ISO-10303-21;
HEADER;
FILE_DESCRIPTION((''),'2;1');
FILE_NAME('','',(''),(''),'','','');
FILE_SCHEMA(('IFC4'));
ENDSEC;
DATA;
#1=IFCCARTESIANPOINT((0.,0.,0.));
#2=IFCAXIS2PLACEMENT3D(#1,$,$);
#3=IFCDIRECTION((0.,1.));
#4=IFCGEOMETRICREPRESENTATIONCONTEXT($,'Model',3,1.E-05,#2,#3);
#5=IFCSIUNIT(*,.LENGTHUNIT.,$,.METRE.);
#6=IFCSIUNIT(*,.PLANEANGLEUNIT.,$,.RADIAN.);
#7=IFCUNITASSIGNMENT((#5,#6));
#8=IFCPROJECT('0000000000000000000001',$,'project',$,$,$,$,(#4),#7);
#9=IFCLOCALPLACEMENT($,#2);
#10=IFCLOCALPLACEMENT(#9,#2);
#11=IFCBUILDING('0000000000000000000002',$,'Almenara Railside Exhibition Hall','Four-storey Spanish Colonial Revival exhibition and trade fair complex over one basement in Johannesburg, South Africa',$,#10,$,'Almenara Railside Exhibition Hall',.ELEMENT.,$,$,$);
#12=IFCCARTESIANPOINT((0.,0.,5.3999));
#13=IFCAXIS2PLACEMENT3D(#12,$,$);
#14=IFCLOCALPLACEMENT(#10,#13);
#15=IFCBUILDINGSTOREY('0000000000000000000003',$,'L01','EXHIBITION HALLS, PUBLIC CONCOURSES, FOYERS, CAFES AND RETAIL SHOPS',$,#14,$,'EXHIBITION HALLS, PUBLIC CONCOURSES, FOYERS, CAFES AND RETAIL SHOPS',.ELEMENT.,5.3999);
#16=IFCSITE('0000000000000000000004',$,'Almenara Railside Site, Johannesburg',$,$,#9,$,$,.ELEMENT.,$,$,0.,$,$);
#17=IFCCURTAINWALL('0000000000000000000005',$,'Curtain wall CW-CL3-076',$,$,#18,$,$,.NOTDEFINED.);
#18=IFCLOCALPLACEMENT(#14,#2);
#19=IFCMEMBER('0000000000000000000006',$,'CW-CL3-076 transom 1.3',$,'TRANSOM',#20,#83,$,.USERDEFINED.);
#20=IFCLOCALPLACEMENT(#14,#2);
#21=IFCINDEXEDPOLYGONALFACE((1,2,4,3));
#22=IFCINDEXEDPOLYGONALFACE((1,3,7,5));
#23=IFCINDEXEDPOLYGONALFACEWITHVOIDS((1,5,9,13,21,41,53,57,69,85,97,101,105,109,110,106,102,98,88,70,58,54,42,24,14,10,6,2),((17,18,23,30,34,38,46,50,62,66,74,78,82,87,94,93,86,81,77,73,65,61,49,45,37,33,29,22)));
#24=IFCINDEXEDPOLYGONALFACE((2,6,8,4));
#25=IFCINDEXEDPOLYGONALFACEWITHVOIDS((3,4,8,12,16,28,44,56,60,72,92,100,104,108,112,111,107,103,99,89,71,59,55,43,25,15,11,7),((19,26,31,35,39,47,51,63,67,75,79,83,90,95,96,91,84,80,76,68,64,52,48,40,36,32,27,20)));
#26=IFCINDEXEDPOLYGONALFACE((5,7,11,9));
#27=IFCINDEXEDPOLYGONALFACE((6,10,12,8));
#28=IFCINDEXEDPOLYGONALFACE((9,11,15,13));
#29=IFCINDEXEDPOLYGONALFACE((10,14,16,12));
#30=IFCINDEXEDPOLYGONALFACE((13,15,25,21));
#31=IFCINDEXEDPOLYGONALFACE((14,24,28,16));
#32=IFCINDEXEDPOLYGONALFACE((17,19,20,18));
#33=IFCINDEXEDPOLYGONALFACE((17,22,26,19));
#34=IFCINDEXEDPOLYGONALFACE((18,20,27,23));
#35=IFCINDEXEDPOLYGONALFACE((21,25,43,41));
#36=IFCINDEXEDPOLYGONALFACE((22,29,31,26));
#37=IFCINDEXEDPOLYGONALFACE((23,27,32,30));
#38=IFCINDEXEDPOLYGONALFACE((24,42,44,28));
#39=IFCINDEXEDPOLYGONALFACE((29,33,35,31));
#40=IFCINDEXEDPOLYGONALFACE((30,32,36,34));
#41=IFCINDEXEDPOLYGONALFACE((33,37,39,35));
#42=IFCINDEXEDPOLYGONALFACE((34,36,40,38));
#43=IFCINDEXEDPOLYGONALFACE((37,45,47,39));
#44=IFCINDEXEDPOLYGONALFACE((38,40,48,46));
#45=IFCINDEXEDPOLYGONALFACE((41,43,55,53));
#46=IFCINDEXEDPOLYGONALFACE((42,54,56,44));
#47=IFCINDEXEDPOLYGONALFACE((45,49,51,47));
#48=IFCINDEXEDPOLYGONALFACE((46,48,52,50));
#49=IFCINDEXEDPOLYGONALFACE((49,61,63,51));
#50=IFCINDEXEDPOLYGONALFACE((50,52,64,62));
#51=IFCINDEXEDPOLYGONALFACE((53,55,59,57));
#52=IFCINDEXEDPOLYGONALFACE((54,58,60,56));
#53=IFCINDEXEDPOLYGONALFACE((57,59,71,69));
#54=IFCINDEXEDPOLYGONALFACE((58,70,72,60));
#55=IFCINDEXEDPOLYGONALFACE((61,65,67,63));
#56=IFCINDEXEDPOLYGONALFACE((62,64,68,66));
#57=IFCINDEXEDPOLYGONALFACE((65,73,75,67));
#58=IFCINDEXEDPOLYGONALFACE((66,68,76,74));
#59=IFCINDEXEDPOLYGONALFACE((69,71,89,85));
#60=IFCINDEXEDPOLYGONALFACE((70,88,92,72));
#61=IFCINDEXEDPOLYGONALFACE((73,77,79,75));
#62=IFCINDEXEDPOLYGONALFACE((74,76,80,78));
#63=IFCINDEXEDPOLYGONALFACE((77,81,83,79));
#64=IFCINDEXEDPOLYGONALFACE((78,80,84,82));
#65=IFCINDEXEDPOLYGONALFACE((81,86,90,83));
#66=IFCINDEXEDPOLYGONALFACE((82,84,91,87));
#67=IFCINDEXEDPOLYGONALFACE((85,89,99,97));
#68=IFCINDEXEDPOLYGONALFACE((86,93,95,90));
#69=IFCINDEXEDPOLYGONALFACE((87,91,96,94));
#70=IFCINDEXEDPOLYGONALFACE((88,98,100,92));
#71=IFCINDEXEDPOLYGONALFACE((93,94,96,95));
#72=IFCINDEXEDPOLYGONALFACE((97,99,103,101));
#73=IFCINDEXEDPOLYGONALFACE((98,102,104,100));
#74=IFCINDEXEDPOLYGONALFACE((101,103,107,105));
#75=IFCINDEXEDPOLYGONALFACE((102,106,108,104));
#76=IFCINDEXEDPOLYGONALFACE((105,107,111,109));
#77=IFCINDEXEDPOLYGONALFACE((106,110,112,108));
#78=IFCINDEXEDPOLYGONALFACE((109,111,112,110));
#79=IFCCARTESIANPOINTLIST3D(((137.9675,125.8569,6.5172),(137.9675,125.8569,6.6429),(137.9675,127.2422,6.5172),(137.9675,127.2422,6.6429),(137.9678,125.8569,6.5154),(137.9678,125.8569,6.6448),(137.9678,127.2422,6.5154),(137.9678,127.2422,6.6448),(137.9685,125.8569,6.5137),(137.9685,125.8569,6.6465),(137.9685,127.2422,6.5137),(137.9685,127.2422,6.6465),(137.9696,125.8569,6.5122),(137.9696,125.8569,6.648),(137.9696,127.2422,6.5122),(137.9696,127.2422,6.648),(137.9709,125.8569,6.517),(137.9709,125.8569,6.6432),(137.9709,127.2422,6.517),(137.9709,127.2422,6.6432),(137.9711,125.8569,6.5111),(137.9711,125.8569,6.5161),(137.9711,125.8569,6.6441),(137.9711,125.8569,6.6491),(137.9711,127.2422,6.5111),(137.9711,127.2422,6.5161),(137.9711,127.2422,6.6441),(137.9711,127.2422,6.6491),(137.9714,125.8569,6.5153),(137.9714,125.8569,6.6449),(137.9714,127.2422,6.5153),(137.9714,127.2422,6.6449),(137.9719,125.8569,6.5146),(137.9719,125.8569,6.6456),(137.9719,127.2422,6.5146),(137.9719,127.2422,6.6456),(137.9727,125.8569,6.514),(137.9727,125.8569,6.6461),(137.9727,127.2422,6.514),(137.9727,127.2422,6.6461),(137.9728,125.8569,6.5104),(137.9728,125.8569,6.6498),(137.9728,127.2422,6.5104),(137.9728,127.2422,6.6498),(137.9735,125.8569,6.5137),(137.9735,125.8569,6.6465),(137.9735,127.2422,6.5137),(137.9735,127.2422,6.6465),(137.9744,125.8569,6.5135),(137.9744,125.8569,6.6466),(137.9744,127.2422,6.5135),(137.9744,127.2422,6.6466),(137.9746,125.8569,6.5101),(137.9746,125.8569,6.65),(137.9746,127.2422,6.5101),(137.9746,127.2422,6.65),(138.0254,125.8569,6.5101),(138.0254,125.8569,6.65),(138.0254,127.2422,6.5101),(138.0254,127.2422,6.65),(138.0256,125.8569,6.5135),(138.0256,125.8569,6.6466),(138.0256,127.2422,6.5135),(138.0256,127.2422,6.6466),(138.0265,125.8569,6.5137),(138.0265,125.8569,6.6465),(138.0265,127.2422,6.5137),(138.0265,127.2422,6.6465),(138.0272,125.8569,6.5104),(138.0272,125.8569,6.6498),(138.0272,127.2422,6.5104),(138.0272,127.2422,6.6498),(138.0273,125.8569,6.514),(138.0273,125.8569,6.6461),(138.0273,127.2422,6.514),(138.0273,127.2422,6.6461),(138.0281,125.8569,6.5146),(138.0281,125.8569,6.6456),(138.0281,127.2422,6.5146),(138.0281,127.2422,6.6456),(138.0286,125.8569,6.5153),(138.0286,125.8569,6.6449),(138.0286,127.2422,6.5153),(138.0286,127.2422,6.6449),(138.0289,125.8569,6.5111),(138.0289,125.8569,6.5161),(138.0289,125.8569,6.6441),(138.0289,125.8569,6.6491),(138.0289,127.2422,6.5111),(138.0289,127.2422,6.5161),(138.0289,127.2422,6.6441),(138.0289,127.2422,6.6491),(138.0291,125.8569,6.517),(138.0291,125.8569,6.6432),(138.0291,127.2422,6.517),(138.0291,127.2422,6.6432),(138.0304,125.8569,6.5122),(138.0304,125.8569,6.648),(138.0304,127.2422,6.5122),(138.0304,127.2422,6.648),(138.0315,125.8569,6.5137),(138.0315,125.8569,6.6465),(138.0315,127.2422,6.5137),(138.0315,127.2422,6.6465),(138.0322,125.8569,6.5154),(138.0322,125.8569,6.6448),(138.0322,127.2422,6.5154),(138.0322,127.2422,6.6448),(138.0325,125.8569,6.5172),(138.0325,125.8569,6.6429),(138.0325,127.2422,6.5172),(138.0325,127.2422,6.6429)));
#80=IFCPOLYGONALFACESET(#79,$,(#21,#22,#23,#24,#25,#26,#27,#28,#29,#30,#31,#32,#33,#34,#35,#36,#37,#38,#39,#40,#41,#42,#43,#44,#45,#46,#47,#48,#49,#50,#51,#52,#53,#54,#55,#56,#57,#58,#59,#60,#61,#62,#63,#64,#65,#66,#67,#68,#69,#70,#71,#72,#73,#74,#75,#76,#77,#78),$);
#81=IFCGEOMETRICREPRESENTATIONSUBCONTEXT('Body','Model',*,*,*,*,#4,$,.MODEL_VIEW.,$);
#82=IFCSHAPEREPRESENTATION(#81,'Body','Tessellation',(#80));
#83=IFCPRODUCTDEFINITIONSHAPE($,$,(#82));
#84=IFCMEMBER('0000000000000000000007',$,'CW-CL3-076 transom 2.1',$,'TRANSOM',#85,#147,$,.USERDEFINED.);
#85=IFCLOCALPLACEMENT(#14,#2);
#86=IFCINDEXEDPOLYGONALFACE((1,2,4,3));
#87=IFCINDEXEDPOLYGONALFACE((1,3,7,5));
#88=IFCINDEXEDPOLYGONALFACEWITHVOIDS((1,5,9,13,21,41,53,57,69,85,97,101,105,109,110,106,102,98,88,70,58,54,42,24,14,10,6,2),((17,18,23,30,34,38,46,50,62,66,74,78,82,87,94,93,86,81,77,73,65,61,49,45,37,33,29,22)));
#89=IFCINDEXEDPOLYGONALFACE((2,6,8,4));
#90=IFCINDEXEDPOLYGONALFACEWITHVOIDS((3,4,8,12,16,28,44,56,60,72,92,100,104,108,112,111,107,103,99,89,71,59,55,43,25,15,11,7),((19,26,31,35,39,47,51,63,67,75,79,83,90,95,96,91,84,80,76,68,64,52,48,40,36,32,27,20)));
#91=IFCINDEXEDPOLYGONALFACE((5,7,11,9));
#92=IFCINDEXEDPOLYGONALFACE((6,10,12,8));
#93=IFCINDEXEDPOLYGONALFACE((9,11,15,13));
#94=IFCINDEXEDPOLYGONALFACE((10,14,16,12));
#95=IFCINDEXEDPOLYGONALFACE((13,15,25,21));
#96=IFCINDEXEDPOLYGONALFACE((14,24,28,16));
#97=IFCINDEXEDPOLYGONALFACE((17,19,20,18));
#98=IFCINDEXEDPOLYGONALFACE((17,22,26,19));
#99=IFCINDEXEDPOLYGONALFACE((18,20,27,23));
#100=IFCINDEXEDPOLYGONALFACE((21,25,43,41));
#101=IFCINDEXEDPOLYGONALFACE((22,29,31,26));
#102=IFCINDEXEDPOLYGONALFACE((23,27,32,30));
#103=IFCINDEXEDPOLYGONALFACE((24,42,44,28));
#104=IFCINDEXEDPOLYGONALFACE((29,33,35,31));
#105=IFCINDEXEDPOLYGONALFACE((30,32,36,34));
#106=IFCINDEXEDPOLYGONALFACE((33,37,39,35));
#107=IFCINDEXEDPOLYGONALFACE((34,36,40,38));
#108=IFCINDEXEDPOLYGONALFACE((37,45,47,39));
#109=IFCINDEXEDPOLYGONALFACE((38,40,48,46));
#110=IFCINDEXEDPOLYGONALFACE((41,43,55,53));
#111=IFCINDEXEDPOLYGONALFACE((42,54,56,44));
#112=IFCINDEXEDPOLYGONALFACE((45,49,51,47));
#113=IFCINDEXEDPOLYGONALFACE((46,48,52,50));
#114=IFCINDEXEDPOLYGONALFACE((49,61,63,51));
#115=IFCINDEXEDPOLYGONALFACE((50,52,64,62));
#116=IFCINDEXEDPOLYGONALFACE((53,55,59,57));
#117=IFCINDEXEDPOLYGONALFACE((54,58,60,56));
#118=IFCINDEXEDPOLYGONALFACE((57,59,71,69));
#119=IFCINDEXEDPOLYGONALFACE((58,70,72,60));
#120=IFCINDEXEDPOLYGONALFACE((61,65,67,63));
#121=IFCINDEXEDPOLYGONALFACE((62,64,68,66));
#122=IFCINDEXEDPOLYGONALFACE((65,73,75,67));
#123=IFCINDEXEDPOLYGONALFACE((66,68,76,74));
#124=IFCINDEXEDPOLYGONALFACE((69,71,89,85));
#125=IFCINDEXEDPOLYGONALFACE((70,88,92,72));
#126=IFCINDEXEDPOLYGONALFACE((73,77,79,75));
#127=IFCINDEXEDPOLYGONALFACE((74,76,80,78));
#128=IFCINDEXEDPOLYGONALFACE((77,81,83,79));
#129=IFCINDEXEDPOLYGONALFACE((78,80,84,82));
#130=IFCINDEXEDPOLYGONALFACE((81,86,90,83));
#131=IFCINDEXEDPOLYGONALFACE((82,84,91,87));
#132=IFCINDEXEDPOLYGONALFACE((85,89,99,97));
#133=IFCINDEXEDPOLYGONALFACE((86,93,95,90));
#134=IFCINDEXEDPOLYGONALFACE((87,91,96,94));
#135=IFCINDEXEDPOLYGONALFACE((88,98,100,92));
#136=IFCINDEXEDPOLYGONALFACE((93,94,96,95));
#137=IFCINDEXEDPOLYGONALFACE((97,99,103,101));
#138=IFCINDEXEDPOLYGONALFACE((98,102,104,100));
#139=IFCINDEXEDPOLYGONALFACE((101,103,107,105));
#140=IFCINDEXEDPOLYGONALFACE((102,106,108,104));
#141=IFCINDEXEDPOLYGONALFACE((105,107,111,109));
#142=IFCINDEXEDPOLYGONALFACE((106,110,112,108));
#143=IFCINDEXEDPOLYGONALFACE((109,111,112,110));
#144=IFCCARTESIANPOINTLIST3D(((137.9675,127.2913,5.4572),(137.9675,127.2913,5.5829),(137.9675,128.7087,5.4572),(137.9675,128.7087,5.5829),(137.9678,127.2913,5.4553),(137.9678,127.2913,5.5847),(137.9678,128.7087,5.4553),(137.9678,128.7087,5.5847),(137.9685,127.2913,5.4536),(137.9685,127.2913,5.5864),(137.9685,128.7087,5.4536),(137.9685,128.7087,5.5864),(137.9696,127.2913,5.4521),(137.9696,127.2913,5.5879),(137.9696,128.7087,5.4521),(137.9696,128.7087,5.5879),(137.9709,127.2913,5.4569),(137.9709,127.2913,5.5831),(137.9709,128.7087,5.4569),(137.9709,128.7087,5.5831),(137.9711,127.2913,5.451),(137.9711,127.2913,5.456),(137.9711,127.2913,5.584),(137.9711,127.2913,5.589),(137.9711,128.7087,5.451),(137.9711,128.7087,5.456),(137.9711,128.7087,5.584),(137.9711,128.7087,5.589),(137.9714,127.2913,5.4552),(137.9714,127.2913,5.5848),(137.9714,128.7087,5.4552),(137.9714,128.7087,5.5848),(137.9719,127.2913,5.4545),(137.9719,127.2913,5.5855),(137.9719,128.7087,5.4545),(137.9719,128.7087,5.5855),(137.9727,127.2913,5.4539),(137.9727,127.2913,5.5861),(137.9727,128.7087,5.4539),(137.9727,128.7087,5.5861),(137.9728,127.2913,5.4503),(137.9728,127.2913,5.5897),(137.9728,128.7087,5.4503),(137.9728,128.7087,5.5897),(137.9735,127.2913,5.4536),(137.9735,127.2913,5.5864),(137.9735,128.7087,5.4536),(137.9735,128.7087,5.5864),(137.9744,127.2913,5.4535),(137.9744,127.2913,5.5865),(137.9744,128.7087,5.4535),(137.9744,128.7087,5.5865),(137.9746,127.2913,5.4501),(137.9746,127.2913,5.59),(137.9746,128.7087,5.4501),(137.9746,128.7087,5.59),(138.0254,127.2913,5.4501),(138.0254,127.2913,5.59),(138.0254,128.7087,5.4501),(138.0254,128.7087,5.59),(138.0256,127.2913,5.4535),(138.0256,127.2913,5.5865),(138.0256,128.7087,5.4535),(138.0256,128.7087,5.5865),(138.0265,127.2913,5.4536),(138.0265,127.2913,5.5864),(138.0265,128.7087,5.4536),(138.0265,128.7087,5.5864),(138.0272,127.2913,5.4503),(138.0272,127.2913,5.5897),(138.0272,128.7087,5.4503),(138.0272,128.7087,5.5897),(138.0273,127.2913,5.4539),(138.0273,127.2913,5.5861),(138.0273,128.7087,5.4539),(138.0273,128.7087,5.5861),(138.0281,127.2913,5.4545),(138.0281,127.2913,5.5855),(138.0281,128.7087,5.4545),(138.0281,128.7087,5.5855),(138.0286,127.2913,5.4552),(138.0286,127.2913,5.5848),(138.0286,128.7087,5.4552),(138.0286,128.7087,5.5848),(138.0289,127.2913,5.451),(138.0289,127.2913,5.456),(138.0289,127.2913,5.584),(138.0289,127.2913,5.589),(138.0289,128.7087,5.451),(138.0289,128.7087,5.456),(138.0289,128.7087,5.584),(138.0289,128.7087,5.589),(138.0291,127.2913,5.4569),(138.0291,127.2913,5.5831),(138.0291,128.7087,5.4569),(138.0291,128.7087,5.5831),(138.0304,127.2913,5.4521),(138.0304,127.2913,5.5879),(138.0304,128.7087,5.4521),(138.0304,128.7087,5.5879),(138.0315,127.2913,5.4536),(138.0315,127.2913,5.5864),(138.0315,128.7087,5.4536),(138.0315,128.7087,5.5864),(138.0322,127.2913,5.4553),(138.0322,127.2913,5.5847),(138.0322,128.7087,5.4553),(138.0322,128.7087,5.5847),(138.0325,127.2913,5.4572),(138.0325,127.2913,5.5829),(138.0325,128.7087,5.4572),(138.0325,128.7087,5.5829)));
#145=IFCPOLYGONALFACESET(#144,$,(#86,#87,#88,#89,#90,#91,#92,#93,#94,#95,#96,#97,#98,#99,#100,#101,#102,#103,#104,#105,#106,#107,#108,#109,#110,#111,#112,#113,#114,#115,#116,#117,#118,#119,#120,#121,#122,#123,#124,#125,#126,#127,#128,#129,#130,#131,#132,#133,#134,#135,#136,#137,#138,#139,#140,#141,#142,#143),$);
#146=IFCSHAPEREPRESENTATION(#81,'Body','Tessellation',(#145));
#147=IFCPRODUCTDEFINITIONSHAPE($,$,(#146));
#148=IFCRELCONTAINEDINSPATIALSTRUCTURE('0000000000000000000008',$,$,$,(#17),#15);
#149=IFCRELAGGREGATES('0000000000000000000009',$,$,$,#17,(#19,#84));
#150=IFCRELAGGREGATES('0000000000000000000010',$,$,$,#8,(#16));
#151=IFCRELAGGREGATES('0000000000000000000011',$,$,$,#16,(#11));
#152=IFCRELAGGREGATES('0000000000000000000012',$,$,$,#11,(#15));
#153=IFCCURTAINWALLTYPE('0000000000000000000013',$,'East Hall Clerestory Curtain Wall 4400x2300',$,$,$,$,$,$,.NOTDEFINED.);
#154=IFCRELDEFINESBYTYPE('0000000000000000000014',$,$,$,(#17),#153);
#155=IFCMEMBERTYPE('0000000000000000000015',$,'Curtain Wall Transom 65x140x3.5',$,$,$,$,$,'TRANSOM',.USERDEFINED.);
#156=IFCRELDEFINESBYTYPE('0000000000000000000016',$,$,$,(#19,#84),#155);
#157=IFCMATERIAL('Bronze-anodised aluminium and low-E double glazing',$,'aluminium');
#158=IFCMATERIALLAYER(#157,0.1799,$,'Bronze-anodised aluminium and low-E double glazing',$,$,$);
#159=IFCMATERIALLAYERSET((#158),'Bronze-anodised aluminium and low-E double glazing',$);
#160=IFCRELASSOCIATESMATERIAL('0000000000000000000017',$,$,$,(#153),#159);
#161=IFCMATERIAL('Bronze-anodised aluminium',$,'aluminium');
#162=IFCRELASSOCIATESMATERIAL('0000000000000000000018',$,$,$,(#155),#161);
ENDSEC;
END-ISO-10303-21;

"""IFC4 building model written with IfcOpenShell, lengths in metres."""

from ifc_helpers import new_model, si_unit, direction, frame, origin, origin_2d, place, context, subcontext, project, spatial, hollow_rectangle, extrude, material, layer, layer_set, material_profile, profile_set, type_object, element, aggregate, save


model = new_model("IFC4")

# Units and contexts
model_context = context("Model", 3, precision=1e-05, world=origin(), true_north=direction((0.0, 1.0)))
body_context = subcontext(model_context, "Body", "Model", "MODEL_VIEW")
ifc_project = project(units=[si_unit("LENGTHUNIT", "METRE"), si_unit("PLANEANGLEUNIT", "RADIAN")], contexts=[model_context])

# Site, building, storey
site_placement = place(None, origin())
site = spatial("IfcSite", under=ifc_project, at=site_placement, Name="Almenara Railside Site, Johannesburg", CompositionType="ELEMENT", RefElevation=0.0)
building_placement = place(site_placement, origin())
building = spatial("IfcBuilding", under=site, at=building_placement, Name="Almenara Railside Exhibition Hall", Description="Four-storey Spanish Colonial Revival exhibition and trade fair complex over one basement in Johannesburg, South Africa", LongName="Almenara Railside Exhibition Hall", CompositionType="ELEMENT")
storey_placement = place(building_placement, frame((0.0, 0.0, 5.3999)))
storey = spatial("IfcBuildingStorey", under=building, at=storey_placement, Name="L01", Description="EXHIBITION HALLS, PUBLIC CONCOURSES, FOYERS, CAFES AND RETAIL SHOPS", LongName="EXHIBITION HALLS, PUBLIC CONCOURSES, FOYERS, CAFES AND RETAIL SHOPS", CompositionType="ELEMENT", Elevation=5.3999)

# Curtain wall, members
ifc_material_1 = material(Name="Bronze-anodised aluminium and low-E double glazing", Category="aluminium")
ifc_layer_1 = layer(ifc_material_1, 0.1799, Name="Bronze-anodised aluminium and low-E double glazing")
ifc_layer_set_1 = layer_set([ifc_layer_1], Name="Bronze-anodised aluminium and low-E double glazing")
curtain_wall_type = type_object("IfcCurtainWallType", Name="East Hall Clerestory Curtain Wall 4400x2300", PredefinedType="NOTDEFINED", material=ifc_layer_set_1)
curtain_wall_placement = place(storey_placement, origin())
curtain_wall = element("IfcCurtainWall", 1, at=curtain_wall_placement, inside=storey, type_object=curtain_wall_type, Name="Curtain wall CW-CL3-076", PredefinedType="NOTDEFINED")
ifc_material_2 = material(Name="Bronze-anodised aluminium", Category="aluminium")
ifc_material_profile_1 = material_profile(ifc_material_2, hollow_rectangle(XDim=0.0649, YDim=0.1399, WallThickness=0.0034, InnerFilletRadius=0.0034, OuterFilletRadius=0.0071, at=origin_2d()), Name="ALU-TRN 65x140x3.5")
ifc_profile_set_1 = profile_set([ifc_material_profile_1], Name="Bronze-anodised aluminium")
member_type_1 = type_object("IfcMemberType", Name="Curtain Wall Transom 65x140x3.5", ElementType="TRANSOM", PredefinedType="USERDEFINED", material=ifc_profile_set_1)
member_1_placement = place(storey_placement, frame((138.0, 125.8569, 6.5801), z_axis=(0.0, 1.0, 0.0), x_axis=(-1.0, 0.0, 0.0)))
member_1 = element("IfcMember", 2, at=member_1_placement, type_object=member_type_1, Name="CW-CL3-076 transom 1.3", ObjectType="TRANSOM", PredefinedType="USERDEFINED", context=body_context, shape_type="SweptSolid", body=[
    extrude(hollow_rectangle(XDim=0.0649, YDim=0.1399, WallThickness=0.0034, InnerFilletRadius=0.0034, OuterFilletRadius=0.0071, at=origin_2d()), origin(), (0.0, 0.0, 1.0), 1.3853),
])
member_2_placement = place(storey_placement, frame((138.0, 127.2913, 5.52), z_axis=(0.0, 1.0, 0.0), x_axis=(-1.0, 0.0, 0.0)))
member_2 = element("IfcMember", 3, at=member_2_placement, type_object=member_type_1, Name="CW-CL3-076 transom 2.1", ObjectType="TRANSOM", PredefinedType="USERDEFINED", context=body_context, shape_type="SweptSolid", body=[
    extrude(hollow_rectangle(XDim=0.0649, YDim=0.1399, WallThickness=0.0034, InnerFilletRadius=0.0034, OuterFilletRadius=0.0071, at=origin_2d()), origin(), (0.0, 0.0, 1.0), 1.4175),
])

aggregate(curtain_wall, [member_1, member_2])

save(model, "model.ifc")
